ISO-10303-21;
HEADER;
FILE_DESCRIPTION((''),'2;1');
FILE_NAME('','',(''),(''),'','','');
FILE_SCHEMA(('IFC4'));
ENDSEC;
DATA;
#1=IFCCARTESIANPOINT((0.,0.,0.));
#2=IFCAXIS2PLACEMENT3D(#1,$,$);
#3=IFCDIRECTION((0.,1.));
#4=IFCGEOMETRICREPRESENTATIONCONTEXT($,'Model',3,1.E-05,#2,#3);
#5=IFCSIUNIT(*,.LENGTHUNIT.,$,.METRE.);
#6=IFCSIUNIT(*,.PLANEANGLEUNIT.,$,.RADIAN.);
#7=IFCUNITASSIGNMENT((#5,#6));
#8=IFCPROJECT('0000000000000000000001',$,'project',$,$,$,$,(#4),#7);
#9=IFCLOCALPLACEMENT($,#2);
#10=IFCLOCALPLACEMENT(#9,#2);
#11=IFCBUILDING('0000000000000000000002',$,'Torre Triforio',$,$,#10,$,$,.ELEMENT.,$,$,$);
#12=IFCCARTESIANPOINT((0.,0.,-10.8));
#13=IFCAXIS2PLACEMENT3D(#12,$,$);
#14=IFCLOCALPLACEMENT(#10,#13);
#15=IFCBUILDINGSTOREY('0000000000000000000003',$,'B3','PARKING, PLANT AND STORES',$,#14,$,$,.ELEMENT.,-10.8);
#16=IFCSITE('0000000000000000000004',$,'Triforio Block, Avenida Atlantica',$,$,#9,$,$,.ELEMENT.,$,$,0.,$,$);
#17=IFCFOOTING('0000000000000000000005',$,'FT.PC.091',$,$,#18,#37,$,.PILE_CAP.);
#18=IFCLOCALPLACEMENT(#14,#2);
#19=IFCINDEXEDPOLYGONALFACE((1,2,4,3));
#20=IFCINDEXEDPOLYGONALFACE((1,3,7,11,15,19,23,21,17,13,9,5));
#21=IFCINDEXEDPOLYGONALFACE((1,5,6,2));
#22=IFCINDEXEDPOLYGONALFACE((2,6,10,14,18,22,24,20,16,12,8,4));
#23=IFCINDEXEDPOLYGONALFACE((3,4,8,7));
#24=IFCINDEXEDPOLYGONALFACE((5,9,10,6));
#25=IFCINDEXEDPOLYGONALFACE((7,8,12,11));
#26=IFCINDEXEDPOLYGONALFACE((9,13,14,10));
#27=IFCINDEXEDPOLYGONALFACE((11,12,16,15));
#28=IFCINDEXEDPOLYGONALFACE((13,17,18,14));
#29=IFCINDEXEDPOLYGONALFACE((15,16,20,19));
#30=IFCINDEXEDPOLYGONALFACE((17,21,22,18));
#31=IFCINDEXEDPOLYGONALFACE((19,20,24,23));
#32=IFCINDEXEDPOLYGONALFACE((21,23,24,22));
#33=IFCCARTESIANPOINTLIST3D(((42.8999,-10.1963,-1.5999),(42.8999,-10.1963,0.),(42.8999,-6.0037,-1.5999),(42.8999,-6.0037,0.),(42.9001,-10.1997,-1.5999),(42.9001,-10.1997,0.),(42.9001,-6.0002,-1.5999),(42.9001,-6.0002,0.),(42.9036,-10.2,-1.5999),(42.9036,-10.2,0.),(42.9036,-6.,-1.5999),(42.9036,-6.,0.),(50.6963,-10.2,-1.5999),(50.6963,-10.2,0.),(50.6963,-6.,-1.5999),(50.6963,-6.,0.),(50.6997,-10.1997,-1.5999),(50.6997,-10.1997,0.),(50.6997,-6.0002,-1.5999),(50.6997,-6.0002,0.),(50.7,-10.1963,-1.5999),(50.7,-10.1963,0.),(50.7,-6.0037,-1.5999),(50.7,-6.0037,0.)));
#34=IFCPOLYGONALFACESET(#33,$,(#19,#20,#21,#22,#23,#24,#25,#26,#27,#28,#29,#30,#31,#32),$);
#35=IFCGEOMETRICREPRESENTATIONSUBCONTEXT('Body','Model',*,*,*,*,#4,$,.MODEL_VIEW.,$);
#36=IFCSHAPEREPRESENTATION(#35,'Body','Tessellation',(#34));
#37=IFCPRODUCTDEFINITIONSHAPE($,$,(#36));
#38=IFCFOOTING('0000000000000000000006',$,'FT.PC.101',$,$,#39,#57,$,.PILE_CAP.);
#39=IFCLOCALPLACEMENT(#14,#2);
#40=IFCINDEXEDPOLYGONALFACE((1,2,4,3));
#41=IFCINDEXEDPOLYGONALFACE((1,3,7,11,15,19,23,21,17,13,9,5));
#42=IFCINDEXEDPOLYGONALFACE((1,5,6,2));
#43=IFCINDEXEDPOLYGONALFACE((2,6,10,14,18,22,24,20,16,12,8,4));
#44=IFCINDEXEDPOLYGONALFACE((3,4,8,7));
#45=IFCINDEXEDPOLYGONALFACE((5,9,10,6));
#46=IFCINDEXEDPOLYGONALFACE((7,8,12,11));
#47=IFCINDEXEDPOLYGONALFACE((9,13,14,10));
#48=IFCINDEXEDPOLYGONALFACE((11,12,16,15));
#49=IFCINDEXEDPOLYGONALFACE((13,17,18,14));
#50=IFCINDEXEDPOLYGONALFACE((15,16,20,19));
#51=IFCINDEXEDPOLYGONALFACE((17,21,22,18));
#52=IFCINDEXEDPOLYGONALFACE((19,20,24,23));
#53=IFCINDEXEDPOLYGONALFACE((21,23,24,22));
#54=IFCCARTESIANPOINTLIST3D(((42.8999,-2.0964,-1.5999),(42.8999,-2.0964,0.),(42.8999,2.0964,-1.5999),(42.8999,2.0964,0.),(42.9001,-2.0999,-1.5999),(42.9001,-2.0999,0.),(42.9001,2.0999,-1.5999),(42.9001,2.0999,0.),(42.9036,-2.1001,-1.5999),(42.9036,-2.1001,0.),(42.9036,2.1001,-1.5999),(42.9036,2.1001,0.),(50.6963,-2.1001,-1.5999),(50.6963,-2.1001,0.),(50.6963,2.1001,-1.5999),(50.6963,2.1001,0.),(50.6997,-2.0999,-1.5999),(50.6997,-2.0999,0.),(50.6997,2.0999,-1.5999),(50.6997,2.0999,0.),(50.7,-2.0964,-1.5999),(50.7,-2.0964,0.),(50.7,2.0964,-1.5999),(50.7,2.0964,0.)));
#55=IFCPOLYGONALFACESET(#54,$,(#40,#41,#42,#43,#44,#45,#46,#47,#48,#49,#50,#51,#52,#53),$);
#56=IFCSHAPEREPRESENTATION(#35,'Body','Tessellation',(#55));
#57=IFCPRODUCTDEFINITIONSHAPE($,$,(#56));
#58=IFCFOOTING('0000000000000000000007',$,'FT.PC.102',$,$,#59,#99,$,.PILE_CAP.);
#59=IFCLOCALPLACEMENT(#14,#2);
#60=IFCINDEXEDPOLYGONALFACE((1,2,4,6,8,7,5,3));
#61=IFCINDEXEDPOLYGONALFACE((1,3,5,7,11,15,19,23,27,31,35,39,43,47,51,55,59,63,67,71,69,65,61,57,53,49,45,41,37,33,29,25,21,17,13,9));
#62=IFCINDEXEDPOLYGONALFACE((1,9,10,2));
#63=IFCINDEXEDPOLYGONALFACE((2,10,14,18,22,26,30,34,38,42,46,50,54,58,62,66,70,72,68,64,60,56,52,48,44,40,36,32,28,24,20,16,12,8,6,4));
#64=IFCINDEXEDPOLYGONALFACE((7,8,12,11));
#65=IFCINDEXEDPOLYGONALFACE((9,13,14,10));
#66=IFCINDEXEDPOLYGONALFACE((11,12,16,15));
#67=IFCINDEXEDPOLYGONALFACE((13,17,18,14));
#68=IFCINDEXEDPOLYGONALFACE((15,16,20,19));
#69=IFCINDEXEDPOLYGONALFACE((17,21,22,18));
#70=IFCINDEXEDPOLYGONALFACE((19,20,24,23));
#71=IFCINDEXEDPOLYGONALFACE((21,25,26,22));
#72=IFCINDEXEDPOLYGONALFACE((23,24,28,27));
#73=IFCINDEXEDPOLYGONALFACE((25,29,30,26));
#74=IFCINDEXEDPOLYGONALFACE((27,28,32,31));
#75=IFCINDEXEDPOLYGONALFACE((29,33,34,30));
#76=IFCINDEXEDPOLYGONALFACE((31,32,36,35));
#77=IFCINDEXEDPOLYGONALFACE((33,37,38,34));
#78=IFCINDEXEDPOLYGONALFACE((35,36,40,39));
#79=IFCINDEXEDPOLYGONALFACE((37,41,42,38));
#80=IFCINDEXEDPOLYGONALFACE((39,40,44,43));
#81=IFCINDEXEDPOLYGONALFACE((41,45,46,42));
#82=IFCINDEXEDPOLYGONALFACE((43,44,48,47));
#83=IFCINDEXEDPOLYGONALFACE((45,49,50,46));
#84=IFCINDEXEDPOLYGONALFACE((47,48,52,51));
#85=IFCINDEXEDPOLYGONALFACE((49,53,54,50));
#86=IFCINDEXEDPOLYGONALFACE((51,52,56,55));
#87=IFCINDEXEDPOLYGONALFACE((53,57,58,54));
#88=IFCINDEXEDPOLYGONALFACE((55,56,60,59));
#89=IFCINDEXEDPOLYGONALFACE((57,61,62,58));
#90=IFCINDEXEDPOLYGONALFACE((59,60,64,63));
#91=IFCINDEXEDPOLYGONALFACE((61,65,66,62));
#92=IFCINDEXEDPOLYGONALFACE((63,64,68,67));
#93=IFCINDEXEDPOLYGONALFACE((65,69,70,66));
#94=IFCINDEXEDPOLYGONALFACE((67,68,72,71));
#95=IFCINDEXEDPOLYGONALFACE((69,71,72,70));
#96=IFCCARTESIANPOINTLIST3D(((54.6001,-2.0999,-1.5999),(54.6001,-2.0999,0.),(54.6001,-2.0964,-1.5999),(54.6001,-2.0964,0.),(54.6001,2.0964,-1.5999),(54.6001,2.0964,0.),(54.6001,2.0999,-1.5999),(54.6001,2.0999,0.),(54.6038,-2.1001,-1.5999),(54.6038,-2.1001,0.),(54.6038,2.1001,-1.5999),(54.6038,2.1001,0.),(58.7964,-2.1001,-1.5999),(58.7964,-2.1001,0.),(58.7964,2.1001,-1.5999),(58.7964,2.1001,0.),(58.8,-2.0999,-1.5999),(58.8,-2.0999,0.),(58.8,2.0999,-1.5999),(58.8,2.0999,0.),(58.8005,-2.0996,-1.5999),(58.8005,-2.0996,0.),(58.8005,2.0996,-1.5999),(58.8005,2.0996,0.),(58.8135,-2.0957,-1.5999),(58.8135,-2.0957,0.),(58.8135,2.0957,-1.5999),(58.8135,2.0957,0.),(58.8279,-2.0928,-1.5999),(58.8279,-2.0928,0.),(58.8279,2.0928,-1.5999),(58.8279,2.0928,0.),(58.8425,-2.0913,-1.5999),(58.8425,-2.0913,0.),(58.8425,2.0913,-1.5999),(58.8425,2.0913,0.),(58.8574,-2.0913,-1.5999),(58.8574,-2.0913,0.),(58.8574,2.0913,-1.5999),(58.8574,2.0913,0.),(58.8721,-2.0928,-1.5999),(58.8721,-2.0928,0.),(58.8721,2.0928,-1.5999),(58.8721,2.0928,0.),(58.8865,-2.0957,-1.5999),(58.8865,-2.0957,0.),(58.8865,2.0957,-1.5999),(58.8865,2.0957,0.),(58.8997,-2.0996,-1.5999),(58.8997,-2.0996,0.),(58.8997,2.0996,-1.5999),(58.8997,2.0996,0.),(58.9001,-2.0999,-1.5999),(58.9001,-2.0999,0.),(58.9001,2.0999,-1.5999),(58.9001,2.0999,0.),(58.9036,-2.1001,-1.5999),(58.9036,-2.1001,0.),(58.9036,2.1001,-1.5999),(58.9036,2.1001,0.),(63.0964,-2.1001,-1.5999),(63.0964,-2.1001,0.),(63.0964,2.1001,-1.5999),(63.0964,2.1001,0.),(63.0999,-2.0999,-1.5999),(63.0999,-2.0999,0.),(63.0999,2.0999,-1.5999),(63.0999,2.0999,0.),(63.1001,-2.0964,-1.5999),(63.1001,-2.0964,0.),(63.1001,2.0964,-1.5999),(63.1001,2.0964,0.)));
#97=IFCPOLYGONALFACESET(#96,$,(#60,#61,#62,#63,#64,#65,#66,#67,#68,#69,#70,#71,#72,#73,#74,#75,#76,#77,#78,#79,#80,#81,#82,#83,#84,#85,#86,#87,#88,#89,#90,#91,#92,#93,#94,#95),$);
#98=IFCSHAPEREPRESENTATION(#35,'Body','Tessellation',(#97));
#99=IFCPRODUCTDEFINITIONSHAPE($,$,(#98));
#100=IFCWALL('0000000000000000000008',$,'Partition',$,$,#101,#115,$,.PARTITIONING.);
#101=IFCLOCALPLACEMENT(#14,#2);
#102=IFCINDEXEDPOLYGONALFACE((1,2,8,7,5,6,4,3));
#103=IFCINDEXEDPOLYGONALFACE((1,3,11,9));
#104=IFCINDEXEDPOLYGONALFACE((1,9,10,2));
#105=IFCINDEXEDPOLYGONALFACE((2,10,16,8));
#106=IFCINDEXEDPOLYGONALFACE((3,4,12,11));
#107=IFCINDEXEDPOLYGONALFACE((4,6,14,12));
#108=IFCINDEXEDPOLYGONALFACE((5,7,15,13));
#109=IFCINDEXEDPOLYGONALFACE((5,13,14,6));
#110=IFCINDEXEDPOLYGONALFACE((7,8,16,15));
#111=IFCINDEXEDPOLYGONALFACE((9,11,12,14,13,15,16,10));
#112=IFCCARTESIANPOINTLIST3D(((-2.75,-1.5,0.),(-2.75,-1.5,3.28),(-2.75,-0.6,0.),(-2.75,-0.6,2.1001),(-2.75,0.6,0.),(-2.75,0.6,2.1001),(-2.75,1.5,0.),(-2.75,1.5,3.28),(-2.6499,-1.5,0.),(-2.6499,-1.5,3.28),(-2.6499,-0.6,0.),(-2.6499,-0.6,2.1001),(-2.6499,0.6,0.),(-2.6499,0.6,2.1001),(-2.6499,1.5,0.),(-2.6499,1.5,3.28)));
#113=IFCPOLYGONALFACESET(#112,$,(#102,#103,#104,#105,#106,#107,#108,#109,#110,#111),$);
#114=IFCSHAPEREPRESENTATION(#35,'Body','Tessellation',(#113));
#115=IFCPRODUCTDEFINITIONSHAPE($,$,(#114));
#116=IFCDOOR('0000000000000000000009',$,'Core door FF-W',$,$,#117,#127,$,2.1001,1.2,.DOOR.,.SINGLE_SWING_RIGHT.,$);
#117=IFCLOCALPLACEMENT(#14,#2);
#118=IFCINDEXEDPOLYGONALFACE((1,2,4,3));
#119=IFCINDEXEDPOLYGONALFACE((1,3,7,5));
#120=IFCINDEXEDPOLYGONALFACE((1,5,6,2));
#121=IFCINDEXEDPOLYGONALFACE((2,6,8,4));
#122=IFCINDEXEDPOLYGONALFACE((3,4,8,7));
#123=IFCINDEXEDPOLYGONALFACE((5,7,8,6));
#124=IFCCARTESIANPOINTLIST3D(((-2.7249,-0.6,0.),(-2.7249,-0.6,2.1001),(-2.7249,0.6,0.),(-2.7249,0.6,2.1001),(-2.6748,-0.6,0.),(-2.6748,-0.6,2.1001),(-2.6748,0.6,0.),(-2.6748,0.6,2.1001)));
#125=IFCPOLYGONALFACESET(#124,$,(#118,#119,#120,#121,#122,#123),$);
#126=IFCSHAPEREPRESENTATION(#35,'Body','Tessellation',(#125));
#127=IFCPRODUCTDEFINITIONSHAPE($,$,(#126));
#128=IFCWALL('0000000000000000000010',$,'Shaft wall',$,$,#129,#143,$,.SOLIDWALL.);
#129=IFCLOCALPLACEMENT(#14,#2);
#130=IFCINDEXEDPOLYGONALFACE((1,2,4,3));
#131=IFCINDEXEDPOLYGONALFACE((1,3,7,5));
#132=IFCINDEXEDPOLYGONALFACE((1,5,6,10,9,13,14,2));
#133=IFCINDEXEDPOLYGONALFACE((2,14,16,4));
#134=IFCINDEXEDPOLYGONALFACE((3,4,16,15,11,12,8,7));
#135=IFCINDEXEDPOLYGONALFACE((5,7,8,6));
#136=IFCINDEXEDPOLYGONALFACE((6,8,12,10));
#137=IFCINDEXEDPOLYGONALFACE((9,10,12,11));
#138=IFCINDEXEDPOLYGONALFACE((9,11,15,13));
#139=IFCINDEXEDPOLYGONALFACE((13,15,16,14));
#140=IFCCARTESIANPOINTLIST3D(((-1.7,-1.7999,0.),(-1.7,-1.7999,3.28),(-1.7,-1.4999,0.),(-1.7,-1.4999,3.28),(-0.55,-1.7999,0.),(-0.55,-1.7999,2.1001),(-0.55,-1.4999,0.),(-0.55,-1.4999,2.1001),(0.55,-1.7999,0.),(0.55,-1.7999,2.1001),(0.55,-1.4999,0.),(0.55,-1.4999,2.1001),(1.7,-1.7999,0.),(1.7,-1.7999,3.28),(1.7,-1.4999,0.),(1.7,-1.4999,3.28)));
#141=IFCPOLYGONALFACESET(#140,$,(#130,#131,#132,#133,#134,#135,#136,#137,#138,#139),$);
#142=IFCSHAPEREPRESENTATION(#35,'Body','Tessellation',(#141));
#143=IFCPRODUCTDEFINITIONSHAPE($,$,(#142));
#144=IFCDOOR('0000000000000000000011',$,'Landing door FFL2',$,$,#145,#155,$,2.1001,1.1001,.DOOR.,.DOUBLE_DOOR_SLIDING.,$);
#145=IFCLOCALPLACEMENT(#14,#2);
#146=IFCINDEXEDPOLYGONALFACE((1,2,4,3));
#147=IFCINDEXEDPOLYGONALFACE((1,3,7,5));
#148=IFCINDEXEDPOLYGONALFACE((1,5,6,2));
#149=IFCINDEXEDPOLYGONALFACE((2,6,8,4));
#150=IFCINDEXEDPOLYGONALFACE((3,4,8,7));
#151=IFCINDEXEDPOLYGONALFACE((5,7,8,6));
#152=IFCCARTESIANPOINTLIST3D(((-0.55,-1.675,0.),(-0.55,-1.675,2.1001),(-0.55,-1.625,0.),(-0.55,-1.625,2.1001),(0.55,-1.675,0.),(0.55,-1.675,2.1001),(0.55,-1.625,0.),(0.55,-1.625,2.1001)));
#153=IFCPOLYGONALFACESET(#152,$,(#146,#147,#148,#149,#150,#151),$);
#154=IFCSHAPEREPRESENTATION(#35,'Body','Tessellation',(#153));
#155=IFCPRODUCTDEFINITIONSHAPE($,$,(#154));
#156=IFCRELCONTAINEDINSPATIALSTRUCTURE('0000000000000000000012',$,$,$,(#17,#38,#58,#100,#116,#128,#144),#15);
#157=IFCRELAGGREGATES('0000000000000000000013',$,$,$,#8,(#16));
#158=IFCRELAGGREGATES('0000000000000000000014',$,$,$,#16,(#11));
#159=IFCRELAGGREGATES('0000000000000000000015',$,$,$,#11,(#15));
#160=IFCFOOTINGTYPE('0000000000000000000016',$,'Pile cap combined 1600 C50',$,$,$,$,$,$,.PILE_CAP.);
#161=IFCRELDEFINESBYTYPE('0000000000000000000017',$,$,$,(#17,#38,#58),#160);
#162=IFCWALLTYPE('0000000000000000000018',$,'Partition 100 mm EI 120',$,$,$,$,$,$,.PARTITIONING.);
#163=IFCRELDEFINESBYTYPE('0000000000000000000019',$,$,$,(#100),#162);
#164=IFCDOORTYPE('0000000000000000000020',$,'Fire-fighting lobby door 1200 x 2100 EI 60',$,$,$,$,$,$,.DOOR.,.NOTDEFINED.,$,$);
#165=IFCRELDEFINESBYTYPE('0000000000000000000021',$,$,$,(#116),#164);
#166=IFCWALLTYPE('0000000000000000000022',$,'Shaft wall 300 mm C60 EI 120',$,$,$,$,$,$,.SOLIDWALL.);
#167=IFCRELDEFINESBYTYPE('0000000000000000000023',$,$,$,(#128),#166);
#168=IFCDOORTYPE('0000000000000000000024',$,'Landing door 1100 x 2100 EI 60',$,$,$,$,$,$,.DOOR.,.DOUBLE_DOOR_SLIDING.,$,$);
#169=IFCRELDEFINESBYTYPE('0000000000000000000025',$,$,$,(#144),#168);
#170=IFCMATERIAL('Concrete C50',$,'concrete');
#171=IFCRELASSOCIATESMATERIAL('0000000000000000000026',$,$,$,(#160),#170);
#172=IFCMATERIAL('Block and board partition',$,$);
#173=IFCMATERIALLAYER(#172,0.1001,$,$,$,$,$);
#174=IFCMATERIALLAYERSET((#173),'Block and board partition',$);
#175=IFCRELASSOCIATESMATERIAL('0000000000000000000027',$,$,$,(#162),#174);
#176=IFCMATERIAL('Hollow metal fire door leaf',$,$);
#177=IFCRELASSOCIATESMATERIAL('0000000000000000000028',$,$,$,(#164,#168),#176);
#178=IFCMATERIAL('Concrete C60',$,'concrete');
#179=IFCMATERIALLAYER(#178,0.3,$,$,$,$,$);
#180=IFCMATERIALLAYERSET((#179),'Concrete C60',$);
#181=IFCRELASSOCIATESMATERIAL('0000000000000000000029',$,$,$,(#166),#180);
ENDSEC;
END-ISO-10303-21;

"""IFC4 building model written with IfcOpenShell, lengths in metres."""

from ifc_helpers import new_model, si_unit, direction, frame, frame_2d, origin, place, context, subcontext, project, spatial, polyline, rectangle, outline, extrude, material, layer, layer_set, type_object, element, fill, save


model = new_model("IFC4")

# Units and contexts
model_context = context("Model", 3, precision=1e-05, world=origin(), true_north=direction((0.0, 1.0)))
body_context = subcontext(model_context, "Body", "Model", "MODEL_VIEW")
ifc_project = project(units=[si_unit("LENGTHUNIT", "METRE"), si_unit("PLANEANGLEUNIT", "RADIAN")], contexts=[model_context])

# Site, building, storey
site_placement = place(None, origin())
site = spatial("IfcSite", under=ifc_project, at=site_placement, Name="Triforio Block, Avenida Atlantica", CompositionType="ELEMENT", RefElevation=0.0)
building_placement = place(site_placement, origin())
building = spatial("IfcBuilding", under=site, at=building_placement, Name="Torre Triforio", CompositionType="ELEMENT")
storey_placement = place(building_placement, frame((0.0, 0.0, -10.8)))
storey = spatial("IfcBuildingStorey", under=building, at=storey_placement, Name="B3", Description="PARKING, PLANT AND STORES", CompositionType="ELEMENT", Elevation=-10.8)

# Footings
ifc_material_1 = material(Name="Concrete C50", Category="concrete")
footing_type_1 = type_object("IfcFootingType", Name="Pile cap combined 1600 C50", PredefinedType="PILE_CAP", material=ifc_material_1)
footing_1_placement = place(storey_placement, frame((0.0, 0.0, -1.5999)))
element("IfcFooting", 1, at=footing_1_placement, inside=storey, type_object=footing_type_1, Name="FT.PC.091", PredefinedType="PILE_CAP", context=body_context, shape_type="SweptSolid", body=[
    extrude(outline(polyline([(42.9001, -10.1997), (42.9036, -10.2), (50.6963, -10.2), (50.6997, -10.1997), (50.7, -10.1963), (50.7, -6.0037), (50.6997, -6.0002), (50.6963, -6.0), (42.9036, -6.0), (42.9001, -6.0002), (42.8999, -6.0037), (42.8999, -10.1963), (42.9001, -10.1997)])), origin(), (0.0, 0.0, 1.0), 1.5999),
])
footing_2_placement = place(storey_placement, frame((0.0, 0.0, -1.5999)))
element("IfcFooting", 2, at=footing_2_placement, inside=storey, type_object=footing_type_1, Name="FT.PC.101", PredefinedType="PILE_CAP", context=body_context, shape_type="SweptSolid", body=[
    extrude(outline(polyline([(42.9001, -2.0999), (42.9036, -2.1001), (50.6963, -2.1001), (50.6997, -2.0999), (50.7, -2.0964), (50.7, 2.0964), (50.6997, 2.0999), (50.6963, 2.1001), (42.9036, 2.1001), (42.9001, 2.0999), (42.8999, 2.0964), (42.8999, -2.0964), (42.9001, -2.0999)])), origin(), (0.0, 0.0, 1.0), 1.5999),
])
footing_3_placement = place(storey_placement, frame((0.0, 0.0, -1.5999)))
element("IfcFooting", 3, at=footing_3_placement, inside=storey, type_object=footing_type_1, Name="FT.PC.102", PredefinedType="PILE_CAP", context=body_context, shape_type="SweptSolid", body=[
    extrude(outline(polyline([(54.6001, -2.0999), (54.6038, -2.1001), (58.7964, -2.1001), (58.8, -2.0999), (58.8005, -2.0996), (58.8135, -2.0957), (58.8279, -2.0928), (58.8425, -2.0913), (58.8574, -2.0913), (58.8721, -2.0928), (58.8865, -2.0957), (58.8997, -2.0996), (58.9001, -2.0999), (58.9036, -2.1001), (63.0964, -2.1001), (63.0999, -2.0999), (63.1001, -2.0964), (63.1001, 2.0964), (63.0999, 2.0999), (63.0964, 2.1001), (58.9036, 2.1001), (58.9001, 2.0999), (58.8997, 2.0996), (58.8865, 2.0957), (58.8721, 2.0928), (58.8574, 2.0913), (58.8425, 2.0913), (58.8279, 2.0928), (58.8135, 2.0957), (58.8005, 2.0996), (58.8, 2.0999), (58.7964, 2.1001), (54.6038, 2.1001), (54.6001, 2.0999), (54.6001, 2.0964), (54.6001, -2.0964), (54.6001, -2.0999)])), origin(), (0.0, 0.0, 1.0), 1.5999),
])

# Walls, openings, doors
ifc_material_2 = material(Name="Block and board partition")
ifc_layer_1 = layer(ifc_material_2, 0.1001)
ifc_layer_set_1 = layer_set([ifc_layer_1], Name="Block and board partition")
wall_type_1 = type_object("IfcWallType", Name="Partition 100 mm EI 120", PredefinedType="PARTITIONING", material=ifc_layer_set_1)
wall_1_placement = place(storey_placement, frame((-2.7, -1.5, 0.0), z_axis=(0.0, 0.0, 1.0), x_axis=(0.0, 1.0, 0.0)))
wall_1 = element("IfcWall", 4, at=wall_1_placement, inside=storey, type_object=wall_type_1, Name="Partition", PredefinedType="PARTITIONING", context=body_context, shape_type="SweptSolid", body=[
    extrude(rectangle(XDim=3.0, YDim=0.1001, at=frame_2d((1.5, 0.0))), origin(), (0.0, 0.0, 1.0), 3.28),
])
opening_1_placement = place(wall_1_placement, frame((0.8999, 0.0, 0.0)))
opening_1 = element("IfcOpeningElement", 5, at=opening_1_placement, cuts=wall_1, PredefinedType="OPENING", context=body_context, shape_type="SweptSolid", body=[
    extrude(rectangle(XDim=1.2, YDim=2.1001, at=frame_2d((0.6001, 1.05))), frame((0.0, 0.0601, 0.0), z_axis=(0.0, -1.0, 0.0), x_axis=(1.0, 0.0, 0.0)), (0.0, 0.0, 1.0), 0.1201),
])
ifc_material_3 = material(Name="Hollow metal fire door leaf")
door_type_1 = type_object("IfcDoorType", Name="Fire-fighting lobby door 1200 x 2100 EI 60", OperationType="NOTDEFINED", PredefinedType="DOOR", material=ifc_material_3)
door_1_placement = place(opening_1_placement, origin())
door_1 = element("IfcDoor", 6, at=door_1_placement, inside=storey, type_object=door_type_1, Name="Core door FF-W", OperationType="SINGLE_SWING_RIGHT", OverallHeight=2.1001, OverallWidth=1.2, PredefinedType="DOOR", context=body_context, shape_type="SweptSolid", body=[
    extrude(rectangle(XDim=1.2, YDim=2.1001, at=frame_2d((0.6001, 1.05))), frame((0.0, 0.0249, 0.0), z_axis=(0.0, -1.0, 0.0), x_axis=(1.0, 0.0, 0.0)), (0.0, 0.0, 1.0), 0.05),
])
fill(opening_1, door_1)
ifc_material_4 = material(Name="Concrete C60", Category="concrete")
ifc_layer_2 = layer(ifc_material_4, 0.3)
ifc_layer_set_2 = layer_set([ifc_layer_2], Name="Concrete C60")
wall_type_2 = type_object("IfcWallType", Name="Shaft wall 300 mm C60 EI 120", PredefinedType="SOLIDWALL", material=ifc_layer_set_2)
wall_2_placement = place(storey_placement, frame((-1.7, -1.6499, 0.0), z_axis=(0.0, 0.0, 1.0), x_axis=(1.0, 0.0, 0.0)))
wall_2 = element("IfcWall", 7, at=wall_2_placement, inside=storey, type_object=wall_type_2, Name="Shaft wall", PredefinedType="SOLIDWALL", context=body_context, shape_type="SweptSolid", body=[
    extrude(rectangle(XDim=3.3999, YDim=0.3, at=frame_2d((1.7, 0.0))), origin(), (0.0, 0.0, 1.0), 3.28),
])
opening_2_placement = place(wall_2_placement, frame((1.1499, 0.0, 0.0)))
opening_2 = element("IfcOpeningElement", 8, at=opening_2_placement, cuts=wall_2, PredefinedType="OPENING", context=body_context, shape_type="SweptSolid", body=[
    extrude(rectangle(XDim=1.1001, YDim=2.1001, at=frame_2d((0.55, 1.05))), frame((0.0, 0.1599, 0.0), z_axis=(0.0, -1.0, 0.0), x_axis=(1.0, 0.0, 0.0)), (0.0, 0.0, 1.0), 0.3201),
])
door_type_2 = type_object("IfcDoorType", Name="Landing door 1100 x 2100 EI 60", OperationType="DOUBLE_DOOR_SLIDING", PredefinedType="DOOR", material=ifc_material_3)
door_2_placement = place(opening_2_placement, origin())
door_2 = element("IfcDoor", 9, at=door_2_placement, inside=storey, type_object=door_type_2, Name="Landing door FFL2", OperationType="DOUBLE_DOOR_SLIDING", OverallHeight=2.1001, OverallWidth=1.1001, PredefinedType="DOOR", context=body_context, shape_type="SweptSolid", body=[
    extrude(rectangle(XDim=1.1001, YDim=2.1001, at=frame_2d((0.55, 1.05))), frame((0.0, 0.0249, 0.0), z_axis=(0.0, -1.0, 0.0), x_axis=(1.0, 0.0, 0.0)), (0.0, 0.0, 1.0), 0.05),
])
fill(opening_2, door_2)

save(model, "model.ifc")
